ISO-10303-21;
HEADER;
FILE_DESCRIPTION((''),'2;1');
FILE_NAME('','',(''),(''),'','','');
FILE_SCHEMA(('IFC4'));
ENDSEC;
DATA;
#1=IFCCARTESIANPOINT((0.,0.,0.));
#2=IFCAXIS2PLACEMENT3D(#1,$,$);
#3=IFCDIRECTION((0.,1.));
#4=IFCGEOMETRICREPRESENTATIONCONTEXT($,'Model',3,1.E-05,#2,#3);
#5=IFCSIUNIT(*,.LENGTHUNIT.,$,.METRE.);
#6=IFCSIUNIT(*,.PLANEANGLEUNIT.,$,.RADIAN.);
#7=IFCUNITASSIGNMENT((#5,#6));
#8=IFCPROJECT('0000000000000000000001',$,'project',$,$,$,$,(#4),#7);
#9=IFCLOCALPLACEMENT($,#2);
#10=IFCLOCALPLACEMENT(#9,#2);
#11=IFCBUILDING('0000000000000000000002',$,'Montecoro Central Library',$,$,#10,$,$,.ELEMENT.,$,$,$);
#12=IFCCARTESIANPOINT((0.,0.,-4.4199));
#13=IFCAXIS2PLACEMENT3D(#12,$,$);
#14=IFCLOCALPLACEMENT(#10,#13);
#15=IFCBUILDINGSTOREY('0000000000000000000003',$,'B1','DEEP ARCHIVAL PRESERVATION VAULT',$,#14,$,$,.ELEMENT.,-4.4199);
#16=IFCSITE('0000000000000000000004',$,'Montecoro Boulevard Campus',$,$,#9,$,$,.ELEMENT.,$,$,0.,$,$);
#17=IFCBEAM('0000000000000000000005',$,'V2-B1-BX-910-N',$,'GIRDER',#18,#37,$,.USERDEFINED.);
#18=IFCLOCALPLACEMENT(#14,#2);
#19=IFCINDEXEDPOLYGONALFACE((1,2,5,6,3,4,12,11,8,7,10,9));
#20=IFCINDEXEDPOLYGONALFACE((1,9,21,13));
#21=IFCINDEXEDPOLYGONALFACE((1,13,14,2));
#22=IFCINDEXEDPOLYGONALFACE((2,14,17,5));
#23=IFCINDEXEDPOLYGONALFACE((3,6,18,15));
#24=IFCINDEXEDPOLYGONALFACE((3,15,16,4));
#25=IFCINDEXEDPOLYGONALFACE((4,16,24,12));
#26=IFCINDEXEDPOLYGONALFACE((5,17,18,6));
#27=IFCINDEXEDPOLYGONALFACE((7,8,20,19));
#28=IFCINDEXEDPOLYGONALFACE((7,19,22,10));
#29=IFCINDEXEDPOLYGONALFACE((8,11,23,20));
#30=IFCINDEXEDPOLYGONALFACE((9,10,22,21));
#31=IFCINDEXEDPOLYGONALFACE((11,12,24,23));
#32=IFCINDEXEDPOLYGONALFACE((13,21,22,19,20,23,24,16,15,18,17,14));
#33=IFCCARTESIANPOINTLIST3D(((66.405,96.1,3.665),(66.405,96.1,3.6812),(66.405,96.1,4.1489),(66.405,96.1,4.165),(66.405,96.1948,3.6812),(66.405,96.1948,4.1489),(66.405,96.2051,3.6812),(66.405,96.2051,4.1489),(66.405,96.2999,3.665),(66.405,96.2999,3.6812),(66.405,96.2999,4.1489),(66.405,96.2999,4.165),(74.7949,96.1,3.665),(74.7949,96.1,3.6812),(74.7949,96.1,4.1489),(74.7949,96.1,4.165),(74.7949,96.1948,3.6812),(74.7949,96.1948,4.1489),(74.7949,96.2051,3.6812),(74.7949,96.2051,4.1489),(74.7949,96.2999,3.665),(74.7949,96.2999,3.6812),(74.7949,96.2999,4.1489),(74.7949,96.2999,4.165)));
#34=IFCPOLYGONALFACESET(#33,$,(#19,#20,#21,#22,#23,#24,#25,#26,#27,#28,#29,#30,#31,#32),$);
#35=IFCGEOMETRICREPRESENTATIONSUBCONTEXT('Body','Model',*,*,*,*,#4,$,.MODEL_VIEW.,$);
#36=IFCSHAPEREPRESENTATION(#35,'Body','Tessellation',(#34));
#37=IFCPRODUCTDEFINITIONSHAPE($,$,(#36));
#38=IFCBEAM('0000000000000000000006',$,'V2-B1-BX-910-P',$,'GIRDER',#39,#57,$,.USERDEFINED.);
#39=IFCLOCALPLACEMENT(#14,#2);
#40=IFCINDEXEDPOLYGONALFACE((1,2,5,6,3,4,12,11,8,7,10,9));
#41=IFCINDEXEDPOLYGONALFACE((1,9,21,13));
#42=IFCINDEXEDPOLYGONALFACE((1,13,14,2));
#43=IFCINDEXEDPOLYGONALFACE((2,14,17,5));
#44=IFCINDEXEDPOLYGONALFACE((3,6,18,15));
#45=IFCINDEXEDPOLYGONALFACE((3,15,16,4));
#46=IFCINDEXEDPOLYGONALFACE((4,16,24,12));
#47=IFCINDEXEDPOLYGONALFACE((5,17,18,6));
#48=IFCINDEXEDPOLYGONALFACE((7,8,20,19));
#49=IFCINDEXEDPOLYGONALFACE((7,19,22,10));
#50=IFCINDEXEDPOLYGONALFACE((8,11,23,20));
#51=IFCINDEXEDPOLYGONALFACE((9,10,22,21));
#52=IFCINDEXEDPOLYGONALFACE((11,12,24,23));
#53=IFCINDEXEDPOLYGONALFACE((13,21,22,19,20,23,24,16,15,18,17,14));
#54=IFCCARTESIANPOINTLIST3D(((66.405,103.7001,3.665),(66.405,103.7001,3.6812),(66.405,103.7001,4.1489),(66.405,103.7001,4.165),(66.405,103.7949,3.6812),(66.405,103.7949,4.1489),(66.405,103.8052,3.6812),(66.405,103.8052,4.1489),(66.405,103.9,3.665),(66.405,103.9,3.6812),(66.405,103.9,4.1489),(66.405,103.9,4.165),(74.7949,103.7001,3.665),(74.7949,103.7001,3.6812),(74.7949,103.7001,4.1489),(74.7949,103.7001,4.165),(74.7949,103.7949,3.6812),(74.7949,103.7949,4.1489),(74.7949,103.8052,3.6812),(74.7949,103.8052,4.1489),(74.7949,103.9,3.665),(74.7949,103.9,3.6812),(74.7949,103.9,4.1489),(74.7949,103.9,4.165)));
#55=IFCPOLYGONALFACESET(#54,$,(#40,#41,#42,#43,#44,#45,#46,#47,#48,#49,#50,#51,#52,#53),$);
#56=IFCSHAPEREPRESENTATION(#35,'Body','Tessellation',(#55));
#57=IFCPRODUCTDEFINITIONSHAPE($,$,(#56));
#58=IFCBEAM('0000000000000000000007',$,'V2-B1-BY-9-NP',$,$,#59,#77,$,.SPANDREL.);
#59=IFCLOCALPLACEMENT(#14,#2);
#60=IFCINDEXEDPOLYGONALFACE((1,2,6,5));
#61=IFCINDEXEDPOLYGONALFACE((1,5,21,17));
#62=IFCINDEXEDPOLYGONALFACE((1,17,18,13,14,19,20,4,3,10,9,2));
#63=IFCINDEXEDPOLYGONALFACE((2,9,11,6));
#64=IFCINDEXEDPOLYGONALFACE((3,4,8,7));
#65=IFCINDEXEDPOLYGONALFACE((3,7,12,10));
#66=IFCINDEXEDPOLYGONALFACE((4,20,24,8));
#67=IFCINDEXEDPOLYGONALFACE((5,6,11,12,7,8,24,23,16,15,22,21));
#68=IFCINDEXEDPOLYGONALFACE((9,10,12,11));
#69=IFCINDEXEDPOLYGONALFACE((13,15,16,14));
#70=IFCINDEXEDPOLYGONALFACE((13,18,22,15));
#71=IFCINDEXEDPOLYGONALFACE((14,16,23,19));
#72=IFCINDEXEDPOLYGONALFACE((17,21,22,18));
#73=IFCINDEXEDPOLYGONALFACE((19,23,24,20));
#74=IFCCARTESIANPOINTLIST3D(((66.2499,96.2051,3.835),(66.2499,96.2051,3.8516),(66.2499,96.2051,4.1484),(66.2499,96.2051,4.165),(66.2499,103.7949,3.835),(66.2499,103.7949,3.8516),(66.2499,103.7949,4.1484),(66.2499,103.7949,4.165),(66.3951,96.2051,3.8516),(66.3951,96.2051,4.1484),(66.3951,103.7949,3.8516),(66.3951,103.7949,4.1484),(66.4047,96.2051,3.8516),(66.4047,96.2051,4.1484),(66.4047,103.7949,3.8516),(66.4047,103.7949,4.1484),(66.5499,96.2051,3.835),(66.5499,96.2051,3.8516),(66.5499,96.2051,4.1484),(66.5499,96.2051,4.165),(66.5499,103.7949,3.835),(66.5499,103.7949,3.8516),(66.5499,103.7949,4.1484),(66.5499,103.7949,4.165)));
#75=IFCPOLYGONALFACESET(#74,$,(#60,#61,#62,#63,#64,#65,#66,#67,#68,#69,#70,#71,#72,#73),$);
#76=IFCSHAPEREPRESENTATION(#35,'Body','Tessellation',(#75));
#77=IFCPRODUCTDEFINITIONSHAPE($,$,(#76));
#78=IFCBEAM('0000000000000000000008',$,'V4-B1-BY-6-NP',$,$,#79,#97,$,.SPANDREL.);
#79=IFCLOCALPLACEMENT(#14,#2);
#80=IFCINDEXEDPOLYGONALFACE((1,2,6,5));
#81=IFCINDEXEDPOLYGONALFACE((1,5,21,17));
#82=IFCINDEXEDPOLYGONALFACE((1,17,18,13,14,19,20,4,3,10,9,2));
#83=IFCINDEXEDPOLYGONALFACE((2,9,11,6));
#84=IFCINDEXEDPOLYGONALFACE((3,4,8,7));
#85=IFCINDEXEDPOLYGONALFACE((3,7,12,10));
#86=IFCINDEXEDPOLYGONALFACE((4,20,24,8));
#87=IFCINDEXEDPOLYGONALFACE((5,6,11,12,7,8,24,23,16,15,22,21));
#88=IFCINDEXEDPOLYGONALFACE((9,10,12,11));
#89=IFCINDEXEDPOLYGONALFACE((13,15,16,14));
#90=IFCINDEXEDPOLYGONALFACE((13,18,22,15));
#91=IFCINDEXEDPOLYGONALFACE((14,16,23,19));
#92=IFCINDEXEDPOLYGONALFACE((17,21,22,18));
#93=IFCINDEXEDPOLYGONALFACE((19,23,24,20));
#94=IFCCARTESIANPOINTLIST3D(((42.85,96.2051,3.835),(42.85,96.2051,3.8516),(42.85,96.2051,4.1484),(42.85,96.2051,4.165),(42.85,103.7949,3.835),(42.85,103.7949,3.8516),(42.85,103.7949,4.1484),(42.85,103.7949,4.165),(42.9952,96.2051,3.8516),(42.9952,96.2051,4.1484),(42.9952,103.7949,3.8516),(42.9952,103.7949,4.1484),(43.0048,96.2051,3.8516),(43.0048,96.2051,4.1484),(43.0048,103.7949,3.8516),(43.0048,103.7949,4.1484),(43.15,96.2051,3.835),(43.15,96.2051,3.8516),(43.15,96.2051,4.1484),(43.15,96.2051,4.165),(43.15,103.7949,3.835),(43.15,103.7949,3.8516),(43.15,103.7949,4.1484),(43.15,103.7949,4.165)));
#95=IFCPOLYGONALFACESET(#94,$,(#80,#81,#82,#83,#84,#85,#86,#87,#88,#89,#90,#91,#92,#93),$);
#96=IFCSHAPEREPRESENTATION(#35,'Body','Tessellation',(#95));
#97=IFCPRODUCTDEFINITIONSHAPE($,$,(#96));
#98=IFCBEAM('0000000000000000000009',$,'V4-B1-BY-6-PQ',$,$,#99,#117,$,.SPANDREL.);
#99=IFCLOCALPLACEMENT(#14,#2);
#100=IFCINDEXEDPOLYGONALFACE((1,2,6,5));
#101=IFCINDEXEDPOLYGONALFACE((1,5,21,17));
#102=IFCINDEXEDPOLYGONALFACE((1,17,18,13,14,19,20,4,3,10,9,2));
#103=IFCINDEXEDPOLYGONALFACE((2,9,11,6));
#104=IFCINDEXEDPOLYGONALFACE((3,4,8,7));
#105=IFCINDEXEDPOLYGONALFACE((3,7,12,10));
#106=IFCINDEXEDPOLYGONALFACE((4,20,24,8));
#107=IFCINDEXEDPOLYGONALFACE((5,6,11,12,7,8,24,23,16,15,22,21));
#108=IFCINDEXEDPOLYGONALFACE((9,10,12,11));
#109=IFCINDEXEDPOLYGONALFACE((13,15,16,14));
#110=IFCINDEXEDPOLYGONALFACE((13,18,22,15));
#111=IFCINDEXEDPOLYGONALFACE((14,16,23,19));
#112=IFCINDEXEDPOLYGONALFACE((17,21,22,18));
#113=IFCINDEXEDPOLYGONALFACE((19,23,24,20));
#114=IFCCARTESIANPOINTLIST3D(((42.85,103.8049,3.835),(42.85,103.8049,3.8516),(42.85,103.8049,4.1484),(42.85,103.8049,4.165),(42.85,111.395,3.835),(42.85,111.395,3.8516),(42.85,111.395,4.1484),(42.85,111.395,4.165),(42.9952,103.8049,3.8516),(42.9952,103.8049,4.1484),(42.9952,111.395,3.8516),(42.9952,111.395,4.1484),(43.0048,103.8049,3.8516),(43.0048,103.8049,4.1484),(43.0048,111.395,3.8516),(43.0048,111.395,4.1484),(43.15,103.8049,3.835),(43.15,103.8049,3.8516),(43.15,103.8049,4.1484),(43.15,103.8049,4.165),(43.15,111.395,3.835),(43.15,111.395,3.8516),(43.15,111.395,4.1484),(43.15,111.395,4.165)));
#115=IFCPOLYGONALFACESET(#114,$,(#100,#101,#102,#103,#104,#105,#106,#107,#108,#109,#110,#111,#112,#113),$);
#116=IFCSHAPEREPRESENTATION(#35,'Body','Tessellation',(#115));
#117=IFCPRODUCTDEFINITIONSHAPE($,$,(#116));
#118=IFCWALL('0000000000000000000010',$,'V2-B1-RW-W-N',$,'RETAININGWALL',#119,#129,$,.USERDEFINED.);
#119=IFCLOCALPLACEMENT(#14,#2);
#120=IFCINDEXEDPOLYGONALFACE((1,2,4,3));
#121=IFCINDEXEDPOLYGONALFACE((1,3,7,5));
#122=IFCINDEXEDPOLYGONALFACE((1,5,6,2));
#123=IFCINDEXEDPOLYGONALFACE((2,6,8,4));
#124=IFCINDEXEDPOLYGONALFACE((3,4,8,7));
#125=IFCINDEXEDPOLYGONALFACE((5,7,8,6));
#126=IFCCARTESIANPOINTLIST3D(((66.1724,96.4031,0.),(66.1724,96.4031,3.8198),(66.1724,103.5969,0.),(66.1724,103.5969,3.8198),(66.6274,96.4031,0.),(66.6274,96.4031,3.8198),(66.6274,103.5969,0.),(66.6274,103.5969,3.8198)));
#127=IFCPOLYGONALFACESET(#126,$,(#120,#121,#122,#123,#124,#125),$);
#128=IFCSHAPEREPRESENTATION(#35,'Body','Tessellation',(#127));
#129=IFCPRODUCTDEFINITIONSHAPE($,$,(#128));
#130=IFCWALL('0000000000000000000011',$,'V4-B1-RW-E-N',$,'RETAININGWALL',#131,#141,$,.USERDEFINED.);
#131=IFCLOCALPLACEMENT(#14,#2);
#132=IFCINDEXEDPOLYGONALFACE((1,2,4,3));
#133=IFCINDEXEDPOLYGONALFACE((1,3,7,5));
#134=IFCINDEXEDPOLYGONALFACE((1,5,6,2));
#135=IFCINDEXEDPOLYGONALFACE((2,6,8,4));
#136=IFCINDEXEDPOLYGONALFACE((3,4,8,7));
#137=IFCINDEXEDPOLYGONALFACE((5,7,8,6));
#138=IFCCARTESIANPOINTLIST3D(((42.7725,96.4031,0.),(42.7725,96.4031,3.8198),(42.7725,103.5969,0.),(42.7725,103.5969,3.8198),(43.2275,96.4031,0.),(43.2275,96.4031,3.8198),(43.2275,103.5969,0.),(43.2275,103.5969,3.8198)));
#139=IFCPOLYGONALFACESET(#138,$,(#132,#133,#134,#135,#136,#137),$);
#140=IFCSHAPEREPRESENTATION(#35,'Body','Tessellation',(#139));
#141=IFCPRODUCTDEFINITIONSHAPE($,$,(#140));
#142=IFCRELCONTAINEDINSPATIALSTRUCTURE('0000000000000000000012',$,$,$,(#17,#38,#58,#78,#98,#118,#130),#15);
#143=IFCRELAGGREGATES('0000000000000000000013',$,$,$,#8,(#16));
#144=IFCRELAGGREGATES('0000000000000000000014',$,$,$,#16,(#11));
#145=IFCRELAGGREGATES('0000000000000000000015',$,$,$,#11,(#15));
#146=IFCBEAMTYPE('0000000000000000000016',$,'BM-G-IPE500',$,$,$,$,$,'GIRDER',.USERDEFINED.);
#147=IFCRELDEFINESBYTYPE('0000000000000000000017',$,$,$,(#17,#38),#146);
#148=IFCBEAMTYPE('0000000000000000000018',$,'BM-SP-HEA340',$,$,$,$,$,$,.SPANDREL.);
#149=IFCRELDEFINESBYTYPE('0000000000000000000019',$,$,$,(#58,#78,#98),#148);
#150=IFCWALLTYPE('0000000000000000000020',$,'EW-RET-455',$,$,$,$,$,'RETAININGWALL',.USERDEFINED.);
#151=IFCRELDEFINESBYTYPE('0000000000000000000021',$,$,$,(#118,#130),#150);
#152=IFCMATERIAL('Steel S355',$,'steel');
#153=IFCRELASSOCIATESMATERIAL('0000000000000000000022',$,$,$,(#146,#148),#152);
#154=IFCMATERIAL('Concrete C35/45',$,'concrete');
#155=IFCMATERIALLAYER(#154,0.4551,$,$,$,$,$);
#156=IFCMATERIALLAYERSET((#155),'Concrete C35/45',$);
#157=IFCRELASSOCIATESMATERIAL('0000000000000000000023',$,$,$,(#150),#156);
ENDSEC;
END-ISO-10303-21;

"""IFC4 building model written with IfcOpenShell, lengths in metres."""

from ifc_helpers import new_model, si_unit, direction, frame, frame_2d, origin, origin_2d, place, context, subcontext, project, spatial, rectangle, i_section, extrude, material, layer, layer_set, material_profile, profile_set, type_object, element, save


model = new_model("IFC4")

# Units and contexts
model_context = context("Model", 3, precision=1e-05, world=origin(), true_north=direction((0.0, 1.0)))
body_context = subcontext(model_context, "Body", "Model", "MODEL_VIEW")
ifc_project = project(units=[si_unit("LENGTHUNIT", "METRE"), si_unit("PLANEANGLEUNIT", "RADIAN")], contexts=[model_context])

# Site, building, storey
site_placement = place(None, origin())
site = spatial("IfcSite", under=ifc_project, at=site_placement, Name="Montecoro Boulevard Campus", CompositionType="ELEMENT", RefElevation=0.0)
building_placement = place(site_placement, origin())
building = spatial("IfcBuilding", under=site, at=building_placement, Name="Montecoro Central Library", CompositionType="ELEMENT")
storey_placement = place(building_placement, frame((0.0, 0.0, -4.4199)))
storey = spatial("IfcBuildingStorey", under=building, at=storey_placement, Name="B1", Description="DEEP ARCHIVAL PRESERVATION VAULT", CompositionType="ELEMENT", Elevation=-4.4199)

# Shared definitions
ifc_material_1 = material(Name="Concrete C35/45", Category="concrete")

# Beams
ifc_material_2 = material(Name="Steel S355", Category="steel")
ifc_material_profile_1 = material_profile(ifc_material_2, i_section(OverallWidth=0.2, OverallDepth=0.5, WebThickness=0.0103, FlangeThickness=0.0161, at=origin_2d()), Name="IPE 500")
ifc_profile_set_1 = profile_set([ifc_material_profile_1], Name="Steel S355")
beam_type_1 = type_object("IfcBeamType", Name="BM-G-IPE500", ElementType="GIRDER", PredefinedType="USERDEFINED", material=ifc_profile_set_1)
for number, where, z_axis, x_axis, name in (
    (1, (66.405, 96.2, 3.915), (1.0, 0.0, 0.0), (0.0, 1.0, 0.0), "V2-B1-BX-910-N"),
    (2, (66.405, 103.8, 3.915), (1.0, 0.0, 0.0), (0.0, 1.0, 0.0), "V2-B1-BX-910-P"),
):
    element("IfcBeam", number, at=place(storey_placement, frame(where, z_axis=z_axis, x_axis=x_axis)), inside=storey, type_object=beam_type_1, Name=name, ObjectType="GIRDER", PredefinedType="USERDEFINED", context=body_context, shape_type="SweptSolid", body=[
        extrude(i_section(OverallWidth=0.2, OverallDepth=0.5, WebThickness=0.0103, FlangeThickness=0.0161, at=origin_2d()), origin(), (0.0, 0.0, 1.0), 8.3899),
    ])
ifc_material_profile_2 = material_profile(ifc_material_2, i_section(OverallWidth=0.3, OverallDepth=0.3301, WebThickness=0.0095, FlangeThickness=0.0166, at=origin_2d()), Name="HEA 340")
ifc_profile_set_2 = profile_set([ifc_material_profile_2], Name="Steel S355")
beam_type_2 = type_object("IfcBeamType", Name="BM-SP-HEA340", PredefinedType="SPANDREL", material=ifc_profile_set_2)
for number, where, z_axis, x_axis, name in (
    (3, (66.3999, 96.2051, 4.0), (0.0, 1.0, 0.0), (-1.0, 0.0, 0.0), "V2-B1-BY-9-NP"),
    (4, (43.0, 96.2051, 4.0), (0.0, 1.0, 0.0), (-1.0, 0.0, 0.0), "V4-B1-BY-6-NP"),
):
    element("IfcBeam", number, at=place(storey_placement, frame(where, z_axis=z_axis, x_axis=x_axis)), inside=storey, type_object=beam_type_2, Name=name, PredefinedType="SPANDREL", context=body_context, shape_type="SweptSolid", body=[
        extrude(i_section(OverallWidth=0.3, OverallDepth=0.3301, WebThickness=0.0095, FlangeThickness=0.0166, at=origin_2d()), origin(), (0.0, 0.0, 1.0), 7.5898),
    ])
beam_placement = place(storey_placement, frame((43.0, 103.8049, 4.0), z_axis=(0.0, 1.0, 0.0), x_axis=(-1.0, 0.0, 0.0)))
element("IfcBeam", 5, at=beam_placement, inside=storey, type_object=beam_type_2, Name="V4-B1-BY-6-PQ", PredefinedType="SPANDREL", context=body_context, shape_type="SweptSolid", body=[
    extrude(i_section(OverallWidth=0.3, OverallDepth=0.3301, WebThickness=0.0095, FlangeThickness=0.0166, at=origin_2d()), origin(), (0.0, 0.0, 1.0), 7.5901),
])

# Walls
ifc_layer = layer(ifc_material_1, 0.4551)
ifc_layer_set = layer_set([ifc_layer], Name="Concrete C35/45")
wall_type = type_object("IfcWallType", Name="EW-RET-455", ElementType="RETAININGWALL", PredefinedType="USERDEFINED", material=ifc_layer_set)
for number, where, z_axis, x_axis, name in (
    (6, (66.3999, 96.4031, 0.0), (0.0, 0.0, 1.0), (0.0, 1.0, 0.0), "V2-B1-RW-W-N"),
    (7, (43.0, 96.4031, 0.0), (0.0, 0.0, 1.0), (0.0, 1.0, 0.0), "V4-B1-RW-E-N"),
):
    element("IfcWall", number, at=place(storey_placement, frame(where, z_axis=z_axis, x_axis=x_axis)), inside=storey, type_object=wall_type, Name=name, ObjectType="RETAININGWALL", PredefinedType="USERDEFINED", context=body_context, shape_type="SweptSolid", body=[
        extrude(rectangle(XDim=7.1938, YDim=0.4551, at=frame_2d((3.5969, 0.0))), origin(), (0.0, 0.0, 1.0), 3.8198),
    ])

save(model, "model.ifc")
